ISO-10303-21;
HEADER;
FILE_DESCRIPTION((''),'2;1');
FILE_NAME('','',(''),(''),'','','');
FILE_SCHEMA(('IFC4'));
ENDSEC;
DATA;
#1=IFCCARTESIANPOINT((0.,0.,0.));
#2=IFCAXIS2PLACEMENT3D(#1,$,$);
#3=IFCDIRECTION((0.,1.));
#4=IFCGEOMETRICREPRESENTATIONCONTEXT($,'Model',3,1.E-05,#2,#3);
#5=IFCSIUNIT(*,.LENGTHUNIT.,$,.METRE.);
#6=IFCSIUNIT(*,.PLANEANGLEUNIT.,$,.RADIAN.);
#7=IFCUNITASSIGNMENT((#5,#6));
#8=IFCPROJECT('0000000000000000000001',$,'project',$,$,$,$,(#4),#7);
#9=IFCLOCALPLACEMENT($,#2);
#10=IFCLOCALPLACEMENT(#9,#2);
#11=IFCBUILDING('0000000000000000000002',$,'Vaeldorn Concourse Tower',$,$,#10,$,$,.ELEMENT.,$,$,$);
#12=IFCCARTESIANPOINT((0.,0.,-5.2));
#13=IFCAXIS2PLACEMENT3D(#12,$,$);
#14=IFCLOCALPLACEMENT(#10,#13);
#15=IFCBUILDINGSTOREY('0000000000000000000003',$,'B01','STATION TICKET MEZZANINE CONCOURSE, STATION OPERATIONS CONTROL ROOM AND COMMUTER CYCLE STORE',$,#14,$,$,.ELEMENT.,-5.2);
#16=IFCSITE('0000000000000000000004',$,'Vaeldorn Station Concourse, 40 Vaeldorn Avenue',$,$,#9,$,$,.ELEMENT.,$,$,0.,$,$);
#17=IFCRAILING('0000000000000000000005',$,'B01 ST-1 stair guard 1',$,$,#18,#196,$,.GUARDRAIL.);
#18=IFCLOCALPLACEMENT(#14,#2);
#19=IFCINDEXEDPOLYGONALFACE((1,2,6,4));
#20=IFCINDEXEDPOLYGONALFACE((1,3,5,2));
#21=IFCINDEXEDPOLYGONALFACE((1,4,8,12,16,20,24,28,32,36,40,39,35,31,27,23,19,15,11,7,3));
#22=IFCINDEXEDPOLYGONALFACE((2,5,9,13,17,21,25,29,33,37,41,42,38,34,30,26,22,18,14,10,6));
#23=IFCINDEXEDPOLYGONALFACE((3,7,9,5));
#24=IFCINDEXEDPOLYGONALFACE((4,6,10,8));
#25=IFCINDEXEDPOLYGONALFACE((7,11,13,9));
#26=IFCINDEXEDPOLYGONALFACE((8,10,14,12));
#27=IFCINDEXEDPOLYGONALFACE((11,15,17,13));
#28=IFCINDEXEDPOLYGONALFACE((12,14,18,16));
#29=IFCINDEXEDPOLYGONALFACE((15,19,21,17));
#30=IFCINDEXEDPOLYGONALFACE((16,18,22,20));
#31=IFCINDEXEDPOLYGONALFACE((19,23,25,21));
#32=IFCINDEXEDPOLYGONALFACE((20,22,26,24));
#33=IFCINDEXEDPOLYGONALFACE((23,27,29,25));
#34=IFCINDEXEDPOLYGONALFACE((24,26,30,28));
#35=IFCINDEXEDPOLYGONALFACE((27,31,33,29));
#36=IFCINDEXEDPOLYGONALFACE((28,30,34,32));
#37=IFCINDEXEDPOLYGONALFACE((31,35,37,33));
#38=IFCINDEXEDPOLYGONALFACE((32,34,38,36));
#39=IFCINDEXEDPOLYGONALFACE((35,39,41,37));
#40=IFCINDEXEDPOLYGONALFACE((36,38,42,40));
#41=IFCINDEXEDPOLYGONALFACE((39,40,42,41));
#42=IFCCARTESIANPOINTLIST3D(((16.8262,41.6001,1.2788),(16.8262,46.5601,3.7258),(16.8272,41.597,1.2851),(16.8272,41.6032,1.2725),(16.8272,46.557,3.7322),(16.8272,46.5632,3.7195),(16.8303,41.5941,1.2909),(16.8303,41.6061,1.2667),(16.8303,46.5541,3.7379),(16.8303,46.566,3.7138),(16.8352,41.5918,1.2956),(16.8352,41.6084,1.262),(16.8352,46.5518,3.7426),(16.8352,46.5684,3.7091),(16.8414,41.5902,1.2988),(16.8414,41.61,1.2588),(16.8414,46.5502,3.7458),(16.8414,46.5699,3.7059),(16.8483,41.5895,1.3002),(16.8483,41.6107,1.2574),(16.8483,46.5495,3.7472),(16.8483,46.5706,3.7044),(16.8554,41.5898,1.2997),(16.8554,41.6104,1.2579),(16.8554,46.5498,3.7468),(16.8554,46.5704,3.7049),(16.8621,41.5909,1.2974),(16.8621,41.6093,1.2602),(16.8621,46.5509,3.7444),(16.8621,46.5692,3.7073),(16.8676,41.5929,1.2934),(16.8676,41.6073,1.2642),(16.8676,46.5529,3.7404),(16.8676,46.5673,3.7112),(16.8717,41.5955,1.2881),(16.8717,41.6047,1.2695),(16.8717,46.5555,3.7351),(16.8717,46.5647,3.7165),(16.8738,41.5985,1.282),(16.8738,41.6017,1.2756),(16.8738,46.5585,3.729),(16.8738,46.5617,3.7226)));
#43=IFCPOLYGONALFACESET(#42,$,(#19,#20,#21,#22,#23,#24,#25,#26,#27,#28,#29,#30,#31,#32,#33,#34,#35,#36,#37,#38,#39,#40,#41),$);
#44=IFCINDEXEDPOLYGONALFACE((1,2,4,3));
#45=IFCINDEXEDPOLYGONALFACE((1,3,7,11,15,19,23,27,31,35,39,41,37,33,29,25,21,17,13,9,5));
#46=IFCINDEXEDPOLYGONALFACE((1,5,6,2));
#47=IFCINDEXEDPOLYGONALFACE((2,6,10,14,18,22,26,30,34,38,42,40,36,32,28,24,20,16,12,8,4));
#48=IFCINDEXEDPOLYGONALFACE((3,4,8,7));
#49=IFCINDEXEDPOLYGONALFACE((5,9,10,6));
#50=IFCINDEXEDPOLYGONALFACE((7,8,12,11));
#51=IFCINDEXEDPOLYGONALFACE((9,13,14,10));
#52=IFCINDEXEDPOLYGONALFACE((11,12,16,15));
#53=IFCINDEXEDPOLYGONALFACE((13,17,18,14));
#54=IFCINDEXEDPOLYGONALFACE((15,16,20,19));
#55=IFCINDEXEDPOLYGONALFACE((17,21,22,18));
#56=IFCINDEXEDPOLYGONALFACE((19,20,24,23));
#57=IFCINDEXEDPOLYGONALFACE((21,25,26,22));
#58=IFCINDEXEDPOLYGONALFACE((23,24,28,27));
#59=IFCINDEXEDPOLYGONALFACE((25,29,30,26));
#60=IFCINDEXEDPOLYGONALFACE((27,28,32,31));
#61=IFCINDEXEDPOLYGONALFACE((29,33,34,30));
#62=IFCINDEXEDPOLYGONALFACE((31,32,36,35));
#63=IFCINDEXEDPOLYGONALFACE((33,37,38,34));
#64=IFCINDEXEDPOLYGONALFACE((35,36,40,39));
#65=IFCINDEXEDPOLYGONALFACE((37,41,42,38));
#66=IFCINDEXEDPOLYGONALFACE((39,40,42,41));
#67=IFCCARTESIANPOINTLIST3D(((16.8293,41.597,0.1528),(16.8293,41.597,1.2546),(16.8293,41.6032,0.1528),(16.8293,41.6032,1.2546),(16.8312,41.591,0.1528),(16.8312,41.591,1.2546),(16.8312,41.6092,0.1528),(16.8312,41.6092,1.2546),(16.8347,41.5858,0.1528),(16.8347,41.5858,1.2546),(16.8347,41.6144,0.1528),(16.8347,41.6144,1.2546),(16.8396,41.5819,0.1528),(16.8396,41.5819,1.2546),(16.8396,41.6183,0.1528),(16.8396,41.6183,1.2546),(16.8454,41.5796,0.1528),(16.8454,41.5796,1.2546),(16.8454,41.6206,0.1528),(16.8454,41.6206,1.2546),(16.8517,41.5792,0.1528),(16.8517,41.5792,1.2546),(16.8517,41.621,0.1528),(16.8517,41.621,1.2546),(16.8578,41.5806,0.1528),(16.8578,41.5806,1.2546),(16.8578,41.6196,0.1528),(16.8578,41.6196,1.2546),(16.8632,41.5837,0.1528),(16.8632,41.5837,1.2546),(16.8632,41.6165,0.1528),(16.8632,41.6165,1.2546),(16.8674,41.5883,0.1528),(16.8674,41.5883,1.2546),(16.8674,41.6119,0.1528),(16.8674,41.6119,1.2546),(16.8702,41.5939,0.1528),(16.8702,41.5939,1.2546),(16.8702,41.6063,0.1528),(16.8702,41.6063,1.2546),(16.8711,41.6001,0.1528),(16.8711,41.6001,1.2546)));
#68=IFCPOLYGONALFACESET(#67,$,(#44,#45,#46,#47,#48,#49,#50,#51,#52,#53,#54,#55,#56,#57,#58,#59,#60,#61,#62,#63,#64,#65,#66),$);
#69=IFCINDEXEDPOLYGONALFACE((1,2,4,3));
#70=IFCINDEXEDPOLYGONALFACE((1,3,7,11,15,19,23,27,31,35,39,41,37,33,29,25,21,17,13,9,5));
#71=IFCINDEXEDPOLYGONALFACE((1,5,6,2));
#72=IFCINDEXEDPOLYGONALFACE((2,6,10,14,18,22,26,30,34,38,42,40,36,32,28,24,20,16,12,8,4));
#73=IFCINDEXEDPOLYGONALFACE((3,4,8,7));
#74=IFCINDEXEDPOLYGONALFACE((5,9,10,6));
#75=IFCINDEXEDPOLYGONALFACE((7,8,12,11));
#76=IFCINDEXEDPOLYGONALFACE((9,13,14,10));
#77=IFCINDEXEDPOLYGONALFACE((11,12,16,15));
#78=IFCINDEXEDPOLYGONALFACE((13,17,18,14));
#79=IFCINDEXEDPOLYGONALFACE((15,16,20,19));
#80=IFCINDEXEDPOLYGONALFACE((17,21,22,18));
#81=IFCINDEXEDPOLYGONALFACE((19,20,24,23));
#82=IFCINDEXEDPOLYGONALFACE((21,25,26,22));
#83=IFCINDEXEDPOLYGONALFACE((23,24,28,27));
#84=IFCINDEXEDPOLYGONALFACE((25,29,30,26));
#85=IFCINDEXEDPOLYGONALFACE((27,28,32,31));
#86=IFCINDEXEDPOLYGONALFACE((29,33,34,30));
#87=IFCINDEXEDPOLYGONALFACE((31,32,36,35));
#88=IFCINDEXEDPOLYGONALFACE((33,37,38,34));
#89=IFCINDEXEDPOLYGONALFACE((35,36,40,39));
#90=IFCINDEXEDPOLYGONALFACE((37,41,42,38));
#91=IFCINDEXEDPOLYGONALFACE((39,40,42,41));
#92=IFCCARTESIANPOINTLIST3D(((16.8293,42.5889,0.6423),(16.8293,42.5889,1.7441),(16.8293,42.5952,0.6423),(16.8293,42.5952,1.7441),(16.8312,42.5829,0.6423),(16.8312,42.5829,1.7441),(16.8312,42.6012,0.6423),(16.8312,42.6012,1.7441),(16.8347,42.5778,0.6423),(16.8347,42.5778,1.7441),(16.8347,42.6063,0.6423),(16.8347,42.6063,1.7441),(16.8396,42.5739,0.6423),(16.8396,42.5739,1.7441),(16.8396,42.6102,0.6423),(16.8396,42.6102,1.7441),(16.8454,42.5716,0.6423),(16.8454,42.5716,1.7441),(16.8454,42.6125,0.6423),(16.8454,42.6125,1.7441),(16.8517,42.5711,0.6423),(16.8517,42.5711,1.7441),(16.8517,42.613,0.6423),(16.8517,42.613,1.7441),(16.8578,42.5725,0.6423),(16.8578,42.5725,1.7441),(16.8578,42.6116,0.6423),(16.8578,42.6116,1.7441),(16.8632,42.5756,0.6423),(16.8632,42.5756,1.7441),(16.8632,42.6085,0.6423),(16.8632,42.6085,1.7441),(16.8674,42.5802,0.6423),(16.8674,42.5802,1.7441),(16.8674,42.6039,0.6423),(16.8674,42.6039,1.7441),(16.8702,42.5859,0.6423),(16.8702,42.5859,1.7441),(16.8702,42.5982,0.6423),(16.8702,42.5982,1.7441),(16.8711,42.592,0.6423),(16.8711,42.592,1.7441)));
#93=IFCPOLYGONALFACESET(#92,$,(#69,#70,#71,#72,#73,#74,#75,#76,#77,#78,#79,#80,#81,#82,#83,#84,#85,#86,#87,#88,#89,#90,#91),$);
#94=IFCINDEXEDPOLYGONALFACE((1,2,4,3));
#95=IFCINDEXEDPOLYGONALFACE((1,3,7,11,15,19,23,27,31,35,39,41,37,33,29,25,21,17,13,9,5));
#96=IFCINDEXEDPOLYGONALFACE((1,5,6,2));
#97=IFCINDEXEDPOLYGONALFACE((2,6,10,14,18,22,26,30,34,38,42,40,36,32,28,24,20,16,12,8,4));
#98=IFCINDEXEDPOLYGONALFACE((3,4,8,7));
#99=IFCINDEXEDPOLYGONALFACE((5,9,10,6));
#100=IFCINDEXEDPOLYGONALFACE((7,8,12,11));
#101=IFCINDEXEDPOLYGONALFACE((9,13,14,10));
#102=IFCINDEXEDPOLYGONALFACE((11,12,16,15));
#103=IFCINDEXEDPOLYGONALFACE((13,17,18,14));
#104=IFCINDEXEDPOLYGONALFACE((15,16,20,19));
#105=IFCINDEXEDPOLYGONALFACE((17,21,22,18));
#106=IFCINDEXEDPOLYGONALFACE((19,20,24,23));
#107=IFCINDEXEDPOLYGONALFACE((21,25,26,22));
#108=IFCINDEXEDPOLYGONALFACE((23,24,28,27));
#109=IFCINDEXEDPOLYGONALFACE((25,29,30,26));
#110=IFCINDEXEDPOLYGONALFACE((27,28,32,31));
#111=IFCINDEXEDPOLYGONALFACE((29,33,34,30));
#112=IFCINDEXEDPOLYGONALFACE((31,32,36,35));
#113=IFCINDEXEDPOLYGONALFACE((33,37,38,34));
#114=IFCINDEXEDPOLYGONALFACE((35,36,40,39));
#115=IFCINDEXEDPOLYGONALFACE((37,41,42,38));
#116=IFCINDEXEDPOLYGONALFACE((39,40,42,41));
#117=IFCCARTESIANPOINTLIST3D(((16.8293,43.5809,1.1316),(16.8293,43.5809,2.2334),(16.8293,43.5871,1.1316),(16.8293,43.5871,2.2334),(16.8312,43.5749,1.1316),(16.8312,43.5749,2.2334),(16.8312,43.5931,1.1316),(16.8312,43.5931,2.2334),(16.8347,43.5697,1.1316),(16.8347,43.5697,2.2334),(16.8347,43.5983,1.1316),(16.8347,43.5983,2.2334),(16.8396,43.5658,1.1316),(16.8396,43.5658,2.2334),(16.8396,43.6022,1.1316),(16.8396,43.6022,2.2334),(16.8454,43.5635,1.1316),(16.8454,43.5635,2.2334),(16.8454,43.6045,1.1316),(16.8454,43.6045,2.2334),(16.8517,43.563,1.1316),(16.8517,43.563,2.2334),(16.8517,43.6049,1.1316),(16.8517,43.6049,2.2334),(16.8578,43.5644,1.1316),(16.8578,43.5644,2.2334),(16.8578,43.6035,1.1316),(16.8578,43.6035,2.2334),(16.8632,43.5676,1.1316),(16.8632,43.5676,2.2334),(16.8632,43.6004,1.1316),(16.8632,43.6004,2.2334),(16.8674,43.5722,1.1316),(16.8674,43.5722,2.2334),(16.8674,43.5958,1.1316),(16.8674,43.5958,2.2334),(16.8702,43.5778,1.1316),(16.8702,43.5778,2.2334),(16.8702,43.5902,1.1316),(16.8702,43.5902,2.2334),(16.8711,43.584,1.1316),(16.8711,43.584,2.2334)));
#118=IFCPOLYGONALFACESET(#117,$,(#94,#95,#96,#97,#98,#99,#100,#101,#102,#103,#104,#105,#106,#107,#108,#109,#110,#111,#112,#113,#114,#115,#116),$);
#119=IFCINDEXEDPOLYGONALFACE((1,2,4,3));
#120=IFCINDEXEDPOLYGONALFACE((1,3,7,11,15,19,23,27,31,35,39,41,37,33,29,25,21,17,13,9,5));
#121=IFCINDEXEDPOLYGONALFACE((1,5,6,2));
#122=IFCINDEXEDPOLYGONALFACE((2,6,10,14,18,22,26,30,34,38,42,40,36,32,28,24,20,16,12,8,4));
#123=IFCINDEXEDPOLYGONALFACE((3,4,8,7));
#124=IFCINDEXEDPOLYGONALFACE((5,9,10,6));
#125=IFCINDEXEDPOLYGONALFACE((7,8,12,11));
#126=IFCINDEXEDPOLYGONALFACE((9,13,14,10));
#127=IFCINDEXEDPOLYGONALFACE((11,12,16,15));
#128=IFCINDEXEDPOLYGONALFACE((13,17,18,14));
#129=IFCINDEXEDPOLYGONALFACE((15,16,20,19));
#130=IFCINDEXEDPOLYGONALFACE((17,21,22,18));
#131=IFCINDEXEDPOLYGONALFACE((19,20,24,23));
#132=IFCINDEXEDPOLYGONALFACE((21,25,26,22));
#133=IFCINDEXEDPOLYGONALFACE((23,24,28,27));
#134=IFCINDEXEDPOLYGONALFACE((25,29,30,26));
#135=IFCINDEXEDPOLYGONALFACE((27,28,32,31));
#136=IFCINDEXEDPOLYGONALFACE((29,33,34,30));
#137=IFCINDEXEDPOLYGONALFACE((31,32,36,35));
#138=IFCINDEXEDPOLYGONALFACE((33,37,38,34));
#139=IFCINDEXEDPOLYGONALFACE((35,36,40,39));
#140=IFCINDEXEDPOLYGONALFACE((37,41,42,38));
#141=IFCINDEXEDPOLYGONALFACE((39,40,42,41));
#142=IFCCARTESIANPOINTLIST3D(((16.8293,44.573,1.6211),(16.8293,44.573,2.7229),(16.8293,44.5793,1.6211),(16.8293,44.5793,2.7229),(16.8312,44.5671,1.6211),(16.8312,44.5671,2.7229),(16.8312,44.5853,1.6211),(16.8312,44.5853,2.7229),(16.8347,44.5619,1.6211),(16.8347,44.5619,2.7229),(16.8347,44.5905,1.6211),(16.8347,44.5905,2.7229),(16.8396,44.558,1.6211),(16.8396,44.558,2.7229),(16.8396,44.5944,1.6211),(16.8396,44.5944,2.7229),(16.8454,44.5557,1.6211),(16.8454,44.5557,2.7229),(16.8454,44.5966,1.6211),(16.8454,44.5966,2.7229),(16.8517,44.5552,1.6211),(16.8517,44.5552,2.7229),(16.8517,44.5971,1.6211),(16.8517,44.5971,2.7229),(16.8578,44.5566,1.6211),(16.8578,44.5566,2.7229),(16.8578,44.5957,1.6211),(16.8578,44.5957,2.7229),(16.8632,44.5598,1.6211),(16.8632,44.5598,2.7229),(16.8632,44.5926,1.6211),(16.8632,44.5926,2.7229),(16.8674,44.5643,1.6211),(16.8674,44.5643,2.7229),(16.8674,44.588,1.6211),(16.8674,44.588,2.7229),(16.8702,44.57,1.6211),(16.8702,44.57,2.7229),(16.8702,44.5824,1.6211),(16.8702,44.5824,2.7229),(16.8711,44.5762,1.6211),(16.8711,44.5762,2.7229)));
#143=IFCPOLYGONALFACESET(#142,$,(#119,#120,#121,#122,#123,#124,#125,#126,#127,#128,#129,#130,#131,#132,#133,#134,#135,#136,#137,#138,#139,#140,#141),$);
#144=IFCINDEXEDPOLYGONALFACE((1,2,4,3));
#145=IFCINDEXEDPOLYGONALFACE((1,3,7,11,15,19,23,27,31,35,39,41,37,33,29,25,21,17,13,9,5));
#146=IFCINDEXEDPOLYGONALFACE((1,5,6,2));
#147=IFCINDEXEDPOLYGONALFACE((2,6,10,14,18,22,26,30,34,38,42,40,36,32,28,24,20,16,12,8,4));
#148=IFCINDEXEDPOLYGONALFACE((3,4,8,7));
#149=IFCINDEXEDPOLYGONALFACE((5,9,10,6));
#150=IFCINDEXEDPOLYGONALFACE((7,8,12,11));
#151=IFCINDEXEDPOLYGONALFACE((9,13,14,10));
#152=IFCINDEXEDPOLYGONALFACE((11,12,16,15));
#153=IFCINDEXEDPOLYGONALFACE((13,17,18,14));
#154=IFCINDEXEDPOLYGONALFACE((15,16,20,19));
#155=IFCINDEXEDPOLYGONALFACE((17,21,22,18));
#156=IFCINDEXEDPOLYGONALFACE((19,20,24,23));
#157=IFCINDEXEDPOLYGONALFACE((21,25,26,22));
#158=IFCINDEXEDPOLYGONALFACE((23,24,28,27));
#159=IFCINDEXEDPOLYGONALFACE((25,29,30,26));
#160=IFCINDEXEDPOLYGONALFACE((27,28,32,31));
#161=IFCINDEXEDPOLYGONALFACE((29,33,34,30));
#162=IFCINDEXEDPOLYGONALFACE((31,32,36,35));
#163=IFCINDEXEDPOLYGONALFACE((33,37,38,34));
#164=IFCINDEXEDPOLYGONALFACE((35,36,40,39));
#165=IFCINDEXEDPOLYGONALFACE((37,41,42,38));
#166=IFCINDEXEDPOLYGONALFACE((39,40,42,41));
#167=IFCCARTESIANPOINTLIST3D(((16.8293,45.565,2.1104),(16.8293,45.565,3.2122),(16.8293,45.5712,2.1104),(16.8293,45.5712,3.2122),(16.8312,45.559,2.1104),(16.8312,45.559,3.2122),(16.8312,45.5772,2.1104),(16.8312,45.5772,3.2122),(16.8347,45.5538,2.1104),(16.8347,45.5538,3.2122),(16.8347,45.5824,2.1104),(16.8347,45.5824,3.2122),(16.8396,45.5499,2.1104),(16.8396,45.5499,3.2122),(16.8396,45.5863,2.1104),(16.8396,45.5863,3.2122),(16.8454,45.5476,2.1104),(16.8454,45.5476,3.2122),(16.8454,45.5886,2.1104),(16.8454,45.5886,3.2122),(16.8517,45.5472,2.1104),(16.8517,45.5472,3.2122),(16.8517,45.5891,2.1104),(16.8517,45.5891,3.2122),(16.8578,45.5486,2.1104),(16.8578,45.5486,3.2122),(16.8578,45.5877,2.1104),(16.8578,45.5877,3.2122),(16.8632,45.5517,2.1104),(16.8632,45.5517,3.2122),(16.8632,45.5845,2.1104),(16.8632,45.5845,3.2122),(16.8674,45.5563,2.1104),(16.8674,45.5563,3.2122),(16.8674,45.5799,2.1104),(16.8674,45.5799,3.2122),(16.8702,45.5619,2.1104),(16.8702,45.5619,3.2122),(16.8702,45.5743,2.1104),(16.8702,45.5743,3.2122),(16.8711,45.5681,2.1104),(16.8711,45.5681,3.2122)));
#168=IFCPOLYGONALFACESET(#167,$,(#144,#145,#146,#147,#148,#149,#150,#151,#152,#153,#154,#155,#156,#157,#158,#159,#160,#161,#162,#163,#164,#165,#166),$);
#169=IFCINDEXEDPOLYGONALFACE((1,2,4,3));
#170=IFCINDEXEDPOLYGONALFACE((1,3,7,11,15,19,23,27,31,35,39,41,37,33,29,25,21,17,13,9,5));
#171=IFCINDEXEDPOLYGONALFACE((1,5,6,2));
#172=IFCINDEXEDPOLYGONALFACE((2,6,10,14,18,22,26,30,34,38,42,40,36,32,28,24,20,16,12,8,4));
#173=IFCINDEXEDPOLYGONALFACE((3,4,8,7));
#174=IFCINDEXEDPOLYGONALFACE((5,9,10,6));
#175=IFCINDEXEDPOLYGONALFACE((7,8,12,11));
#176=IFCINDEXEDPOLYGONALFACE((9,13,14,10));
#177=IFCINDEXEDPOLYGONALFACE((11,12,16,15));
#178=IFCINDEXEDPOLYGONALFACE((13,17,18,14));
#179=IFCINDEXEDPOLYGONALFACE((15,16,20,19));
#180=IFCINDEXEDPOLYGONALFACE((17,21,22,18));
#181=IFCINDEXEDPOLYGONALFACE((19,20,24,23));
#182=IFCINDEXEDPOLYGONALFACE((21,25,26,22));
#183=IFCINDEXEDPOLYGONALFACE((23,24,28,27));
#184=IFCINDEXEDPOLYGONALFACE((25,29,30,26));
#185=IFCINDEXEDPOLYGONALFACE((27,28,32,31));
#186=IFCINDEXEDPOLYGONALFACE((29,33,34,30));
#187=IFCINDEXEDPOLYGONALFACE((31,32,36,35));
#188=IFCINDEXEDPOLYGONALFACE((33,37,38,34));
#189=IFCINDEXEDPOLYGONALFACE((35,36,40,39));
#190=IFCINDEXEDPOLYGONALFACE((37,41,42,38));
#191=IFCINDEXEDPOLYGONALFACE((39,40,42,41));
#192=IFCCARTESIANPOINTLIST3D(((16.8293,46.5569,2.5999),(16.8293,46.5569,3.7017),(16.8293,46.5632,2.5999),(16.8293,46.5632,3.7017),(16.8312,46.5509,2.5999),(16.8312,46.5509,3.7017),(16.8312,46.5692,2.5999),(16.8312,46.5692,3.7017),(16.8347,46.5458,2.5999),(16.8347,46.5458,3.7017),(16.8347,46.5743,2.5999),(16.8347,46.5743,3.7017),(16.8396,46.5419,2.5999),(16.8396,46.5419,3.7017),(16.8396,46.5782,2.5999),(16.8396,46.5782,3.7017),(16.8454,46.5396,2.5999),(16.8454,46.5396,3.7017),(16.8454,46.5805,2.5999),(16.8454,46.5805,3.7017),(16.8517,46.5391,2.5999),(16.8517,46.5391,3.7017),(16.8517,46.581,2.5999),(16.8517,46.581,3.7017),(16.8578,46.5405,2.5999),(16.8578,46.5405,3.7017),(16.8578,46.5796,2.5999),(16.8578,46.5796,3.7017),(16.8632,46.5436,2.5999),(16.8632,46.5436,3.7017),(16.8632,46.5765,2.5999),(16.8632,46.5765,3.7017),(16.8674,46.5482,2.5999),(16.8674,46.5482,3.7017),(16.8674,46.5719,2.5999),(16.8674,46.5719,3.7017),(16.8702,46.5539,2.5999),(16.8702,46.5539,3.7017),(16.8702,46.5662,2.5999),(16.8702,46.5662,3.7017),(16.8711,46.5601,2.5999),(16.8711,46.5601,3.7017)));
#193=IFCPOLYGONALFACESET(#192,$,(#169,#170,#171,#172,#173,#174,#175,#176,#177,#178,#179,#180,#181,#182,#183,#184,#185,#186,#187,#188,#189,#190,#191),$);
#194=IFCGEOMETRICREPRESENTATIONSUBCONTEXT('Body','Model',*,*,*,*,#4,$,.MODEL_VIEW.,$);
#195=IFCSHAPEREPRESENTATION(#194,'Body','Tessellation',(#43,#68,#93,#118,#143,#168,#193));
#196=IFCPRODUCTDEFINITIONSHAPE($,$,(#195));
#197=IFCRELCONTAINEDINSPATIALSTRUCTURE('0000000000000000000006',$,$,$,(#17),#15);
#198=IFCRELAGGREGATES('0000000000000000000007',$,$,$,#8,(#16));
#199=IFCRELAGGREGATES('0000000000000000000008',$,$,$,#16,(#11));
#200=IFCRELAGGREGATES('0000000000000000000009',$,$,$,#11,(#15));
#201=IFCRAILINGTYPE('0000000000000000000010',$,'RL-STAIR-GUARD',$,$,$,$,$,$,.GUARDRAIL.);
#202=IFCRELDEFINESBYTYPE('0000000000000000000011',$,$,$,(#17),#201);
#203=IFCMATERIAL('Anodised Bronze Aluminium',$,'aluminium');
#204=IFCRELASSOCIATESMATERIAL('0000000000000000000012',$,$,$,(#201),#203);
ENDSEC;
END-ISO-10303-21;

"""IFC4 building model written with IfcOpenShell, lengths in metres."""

from ifc_helpers import new_model, si_unit, direction, frame, origin, origin_2d, place, context, subcontext, project, spatial, circle, extrude, material, type_object, element, save


model = new_model("IFC4")

# Units and contexts
model_context = context("Model", 3, precision=1e-05, world=origin(), true_north=direction((0.0, 1.0)))
body_context = subcontext(model_context, "Body", "Model", "MODEL_VIEW")
ifc_project = project(units=[si_unit("LENGTHUNIT", "METRE"), si_unit("PLANEANGLEUNIT", "RADIAN")], contexts=[model_context])

# Site, building, storey
site_placement = place(None, origin())
site = spatial("IfcSite", under=ifc_project, at=site_placement, Name="Vaeldorn Station Concourse, 40 Vaeldorn Avenue", CompositionType="ELEMENT", RefElevation=0.0)
building_placement = place(site_placement, origin())
building = spatial("IfcBuilding", under=site, at=building_placement, Name="Vaeldorn Concourse Tower", CompositionType="ELEMENT")
storey_placement = place(building_placement, frame((0.0, 0.0, -5.2)))
storey = spatial("IfcBuildingStorey", under=building, at=storey_placement, Name="B01", Description="STATION TICKET MEZZANINE CONCOURSE, STATION OPERATIONS CONTROL ROOM AND COMMUTER CYCLE STORE", CompositionType="ELEMENT", Elevation=-5.2)

# Shared definitions
ifc_material_1 = material(Name="Anodised Bronze Aluminium", Category="aluminium")

# Railing
railing_type_1 = type_object("IfcRailingType", Name="RL-STAIR-GUARD", PredefinedType="GUARDRAIL", material=ifc_material_1)
railing_1_placement = place(storey_placement, frame((16.8501, 41.6001, 0.1528)))
element("IfcRailing", 1, at=railing_1_placement, inside=storey, type_object=railing_type_1, Name="B01 ST-1 stair guard 1", PredefinedType="GUARDRAIL", context=body_context, shape_type="SweptSolid", body=[
    extrude(circle(Radius=0.0239, at=origin_2d()), frame((0.0, 0.0, 1.126), z_axis=(0.0, 0.896798, 0.44244), x_axis=(-1.0, 0.0, 0.0)), (0.0, 0.0, 1.0), 5.5308),
    extrude(circle(Radius=0.021, at=origin_2d()), origin(), (0.0, 0.0, 1.0), 1.1018),
    extrude(circle(Radius=0.021, at=origin_2d()), frame((0.0, 0.9919, 0.4895)), (0.0, 0.0, 1.0), 1.1018),
    extrude(circle(Radius=0.021, at=origin_2d()), frame((0.0, 1.9839, 0.9788)), (0.0, 0.0, 1.0), 1.1018),
    extrude(circle(Radius=0.021, at=origin_2d()), frame((0.0, 2.9761, 1.4683)), (0.0, 0.0, 1.0), 1.1018),
    extrude(circle(Radius=0.021, at=origin_2d()), frame((0.0, 3.968, 1.9575)), (0.0, 0.0, 1.0), 1.1018),
    extrude(circle(Radius=0.021, at=origin_2d()), frame((0.0, 4.96, 2.447)), (0.0, 0.0, 1.0), 1.1018),
])

save(model, "model.ifc")
